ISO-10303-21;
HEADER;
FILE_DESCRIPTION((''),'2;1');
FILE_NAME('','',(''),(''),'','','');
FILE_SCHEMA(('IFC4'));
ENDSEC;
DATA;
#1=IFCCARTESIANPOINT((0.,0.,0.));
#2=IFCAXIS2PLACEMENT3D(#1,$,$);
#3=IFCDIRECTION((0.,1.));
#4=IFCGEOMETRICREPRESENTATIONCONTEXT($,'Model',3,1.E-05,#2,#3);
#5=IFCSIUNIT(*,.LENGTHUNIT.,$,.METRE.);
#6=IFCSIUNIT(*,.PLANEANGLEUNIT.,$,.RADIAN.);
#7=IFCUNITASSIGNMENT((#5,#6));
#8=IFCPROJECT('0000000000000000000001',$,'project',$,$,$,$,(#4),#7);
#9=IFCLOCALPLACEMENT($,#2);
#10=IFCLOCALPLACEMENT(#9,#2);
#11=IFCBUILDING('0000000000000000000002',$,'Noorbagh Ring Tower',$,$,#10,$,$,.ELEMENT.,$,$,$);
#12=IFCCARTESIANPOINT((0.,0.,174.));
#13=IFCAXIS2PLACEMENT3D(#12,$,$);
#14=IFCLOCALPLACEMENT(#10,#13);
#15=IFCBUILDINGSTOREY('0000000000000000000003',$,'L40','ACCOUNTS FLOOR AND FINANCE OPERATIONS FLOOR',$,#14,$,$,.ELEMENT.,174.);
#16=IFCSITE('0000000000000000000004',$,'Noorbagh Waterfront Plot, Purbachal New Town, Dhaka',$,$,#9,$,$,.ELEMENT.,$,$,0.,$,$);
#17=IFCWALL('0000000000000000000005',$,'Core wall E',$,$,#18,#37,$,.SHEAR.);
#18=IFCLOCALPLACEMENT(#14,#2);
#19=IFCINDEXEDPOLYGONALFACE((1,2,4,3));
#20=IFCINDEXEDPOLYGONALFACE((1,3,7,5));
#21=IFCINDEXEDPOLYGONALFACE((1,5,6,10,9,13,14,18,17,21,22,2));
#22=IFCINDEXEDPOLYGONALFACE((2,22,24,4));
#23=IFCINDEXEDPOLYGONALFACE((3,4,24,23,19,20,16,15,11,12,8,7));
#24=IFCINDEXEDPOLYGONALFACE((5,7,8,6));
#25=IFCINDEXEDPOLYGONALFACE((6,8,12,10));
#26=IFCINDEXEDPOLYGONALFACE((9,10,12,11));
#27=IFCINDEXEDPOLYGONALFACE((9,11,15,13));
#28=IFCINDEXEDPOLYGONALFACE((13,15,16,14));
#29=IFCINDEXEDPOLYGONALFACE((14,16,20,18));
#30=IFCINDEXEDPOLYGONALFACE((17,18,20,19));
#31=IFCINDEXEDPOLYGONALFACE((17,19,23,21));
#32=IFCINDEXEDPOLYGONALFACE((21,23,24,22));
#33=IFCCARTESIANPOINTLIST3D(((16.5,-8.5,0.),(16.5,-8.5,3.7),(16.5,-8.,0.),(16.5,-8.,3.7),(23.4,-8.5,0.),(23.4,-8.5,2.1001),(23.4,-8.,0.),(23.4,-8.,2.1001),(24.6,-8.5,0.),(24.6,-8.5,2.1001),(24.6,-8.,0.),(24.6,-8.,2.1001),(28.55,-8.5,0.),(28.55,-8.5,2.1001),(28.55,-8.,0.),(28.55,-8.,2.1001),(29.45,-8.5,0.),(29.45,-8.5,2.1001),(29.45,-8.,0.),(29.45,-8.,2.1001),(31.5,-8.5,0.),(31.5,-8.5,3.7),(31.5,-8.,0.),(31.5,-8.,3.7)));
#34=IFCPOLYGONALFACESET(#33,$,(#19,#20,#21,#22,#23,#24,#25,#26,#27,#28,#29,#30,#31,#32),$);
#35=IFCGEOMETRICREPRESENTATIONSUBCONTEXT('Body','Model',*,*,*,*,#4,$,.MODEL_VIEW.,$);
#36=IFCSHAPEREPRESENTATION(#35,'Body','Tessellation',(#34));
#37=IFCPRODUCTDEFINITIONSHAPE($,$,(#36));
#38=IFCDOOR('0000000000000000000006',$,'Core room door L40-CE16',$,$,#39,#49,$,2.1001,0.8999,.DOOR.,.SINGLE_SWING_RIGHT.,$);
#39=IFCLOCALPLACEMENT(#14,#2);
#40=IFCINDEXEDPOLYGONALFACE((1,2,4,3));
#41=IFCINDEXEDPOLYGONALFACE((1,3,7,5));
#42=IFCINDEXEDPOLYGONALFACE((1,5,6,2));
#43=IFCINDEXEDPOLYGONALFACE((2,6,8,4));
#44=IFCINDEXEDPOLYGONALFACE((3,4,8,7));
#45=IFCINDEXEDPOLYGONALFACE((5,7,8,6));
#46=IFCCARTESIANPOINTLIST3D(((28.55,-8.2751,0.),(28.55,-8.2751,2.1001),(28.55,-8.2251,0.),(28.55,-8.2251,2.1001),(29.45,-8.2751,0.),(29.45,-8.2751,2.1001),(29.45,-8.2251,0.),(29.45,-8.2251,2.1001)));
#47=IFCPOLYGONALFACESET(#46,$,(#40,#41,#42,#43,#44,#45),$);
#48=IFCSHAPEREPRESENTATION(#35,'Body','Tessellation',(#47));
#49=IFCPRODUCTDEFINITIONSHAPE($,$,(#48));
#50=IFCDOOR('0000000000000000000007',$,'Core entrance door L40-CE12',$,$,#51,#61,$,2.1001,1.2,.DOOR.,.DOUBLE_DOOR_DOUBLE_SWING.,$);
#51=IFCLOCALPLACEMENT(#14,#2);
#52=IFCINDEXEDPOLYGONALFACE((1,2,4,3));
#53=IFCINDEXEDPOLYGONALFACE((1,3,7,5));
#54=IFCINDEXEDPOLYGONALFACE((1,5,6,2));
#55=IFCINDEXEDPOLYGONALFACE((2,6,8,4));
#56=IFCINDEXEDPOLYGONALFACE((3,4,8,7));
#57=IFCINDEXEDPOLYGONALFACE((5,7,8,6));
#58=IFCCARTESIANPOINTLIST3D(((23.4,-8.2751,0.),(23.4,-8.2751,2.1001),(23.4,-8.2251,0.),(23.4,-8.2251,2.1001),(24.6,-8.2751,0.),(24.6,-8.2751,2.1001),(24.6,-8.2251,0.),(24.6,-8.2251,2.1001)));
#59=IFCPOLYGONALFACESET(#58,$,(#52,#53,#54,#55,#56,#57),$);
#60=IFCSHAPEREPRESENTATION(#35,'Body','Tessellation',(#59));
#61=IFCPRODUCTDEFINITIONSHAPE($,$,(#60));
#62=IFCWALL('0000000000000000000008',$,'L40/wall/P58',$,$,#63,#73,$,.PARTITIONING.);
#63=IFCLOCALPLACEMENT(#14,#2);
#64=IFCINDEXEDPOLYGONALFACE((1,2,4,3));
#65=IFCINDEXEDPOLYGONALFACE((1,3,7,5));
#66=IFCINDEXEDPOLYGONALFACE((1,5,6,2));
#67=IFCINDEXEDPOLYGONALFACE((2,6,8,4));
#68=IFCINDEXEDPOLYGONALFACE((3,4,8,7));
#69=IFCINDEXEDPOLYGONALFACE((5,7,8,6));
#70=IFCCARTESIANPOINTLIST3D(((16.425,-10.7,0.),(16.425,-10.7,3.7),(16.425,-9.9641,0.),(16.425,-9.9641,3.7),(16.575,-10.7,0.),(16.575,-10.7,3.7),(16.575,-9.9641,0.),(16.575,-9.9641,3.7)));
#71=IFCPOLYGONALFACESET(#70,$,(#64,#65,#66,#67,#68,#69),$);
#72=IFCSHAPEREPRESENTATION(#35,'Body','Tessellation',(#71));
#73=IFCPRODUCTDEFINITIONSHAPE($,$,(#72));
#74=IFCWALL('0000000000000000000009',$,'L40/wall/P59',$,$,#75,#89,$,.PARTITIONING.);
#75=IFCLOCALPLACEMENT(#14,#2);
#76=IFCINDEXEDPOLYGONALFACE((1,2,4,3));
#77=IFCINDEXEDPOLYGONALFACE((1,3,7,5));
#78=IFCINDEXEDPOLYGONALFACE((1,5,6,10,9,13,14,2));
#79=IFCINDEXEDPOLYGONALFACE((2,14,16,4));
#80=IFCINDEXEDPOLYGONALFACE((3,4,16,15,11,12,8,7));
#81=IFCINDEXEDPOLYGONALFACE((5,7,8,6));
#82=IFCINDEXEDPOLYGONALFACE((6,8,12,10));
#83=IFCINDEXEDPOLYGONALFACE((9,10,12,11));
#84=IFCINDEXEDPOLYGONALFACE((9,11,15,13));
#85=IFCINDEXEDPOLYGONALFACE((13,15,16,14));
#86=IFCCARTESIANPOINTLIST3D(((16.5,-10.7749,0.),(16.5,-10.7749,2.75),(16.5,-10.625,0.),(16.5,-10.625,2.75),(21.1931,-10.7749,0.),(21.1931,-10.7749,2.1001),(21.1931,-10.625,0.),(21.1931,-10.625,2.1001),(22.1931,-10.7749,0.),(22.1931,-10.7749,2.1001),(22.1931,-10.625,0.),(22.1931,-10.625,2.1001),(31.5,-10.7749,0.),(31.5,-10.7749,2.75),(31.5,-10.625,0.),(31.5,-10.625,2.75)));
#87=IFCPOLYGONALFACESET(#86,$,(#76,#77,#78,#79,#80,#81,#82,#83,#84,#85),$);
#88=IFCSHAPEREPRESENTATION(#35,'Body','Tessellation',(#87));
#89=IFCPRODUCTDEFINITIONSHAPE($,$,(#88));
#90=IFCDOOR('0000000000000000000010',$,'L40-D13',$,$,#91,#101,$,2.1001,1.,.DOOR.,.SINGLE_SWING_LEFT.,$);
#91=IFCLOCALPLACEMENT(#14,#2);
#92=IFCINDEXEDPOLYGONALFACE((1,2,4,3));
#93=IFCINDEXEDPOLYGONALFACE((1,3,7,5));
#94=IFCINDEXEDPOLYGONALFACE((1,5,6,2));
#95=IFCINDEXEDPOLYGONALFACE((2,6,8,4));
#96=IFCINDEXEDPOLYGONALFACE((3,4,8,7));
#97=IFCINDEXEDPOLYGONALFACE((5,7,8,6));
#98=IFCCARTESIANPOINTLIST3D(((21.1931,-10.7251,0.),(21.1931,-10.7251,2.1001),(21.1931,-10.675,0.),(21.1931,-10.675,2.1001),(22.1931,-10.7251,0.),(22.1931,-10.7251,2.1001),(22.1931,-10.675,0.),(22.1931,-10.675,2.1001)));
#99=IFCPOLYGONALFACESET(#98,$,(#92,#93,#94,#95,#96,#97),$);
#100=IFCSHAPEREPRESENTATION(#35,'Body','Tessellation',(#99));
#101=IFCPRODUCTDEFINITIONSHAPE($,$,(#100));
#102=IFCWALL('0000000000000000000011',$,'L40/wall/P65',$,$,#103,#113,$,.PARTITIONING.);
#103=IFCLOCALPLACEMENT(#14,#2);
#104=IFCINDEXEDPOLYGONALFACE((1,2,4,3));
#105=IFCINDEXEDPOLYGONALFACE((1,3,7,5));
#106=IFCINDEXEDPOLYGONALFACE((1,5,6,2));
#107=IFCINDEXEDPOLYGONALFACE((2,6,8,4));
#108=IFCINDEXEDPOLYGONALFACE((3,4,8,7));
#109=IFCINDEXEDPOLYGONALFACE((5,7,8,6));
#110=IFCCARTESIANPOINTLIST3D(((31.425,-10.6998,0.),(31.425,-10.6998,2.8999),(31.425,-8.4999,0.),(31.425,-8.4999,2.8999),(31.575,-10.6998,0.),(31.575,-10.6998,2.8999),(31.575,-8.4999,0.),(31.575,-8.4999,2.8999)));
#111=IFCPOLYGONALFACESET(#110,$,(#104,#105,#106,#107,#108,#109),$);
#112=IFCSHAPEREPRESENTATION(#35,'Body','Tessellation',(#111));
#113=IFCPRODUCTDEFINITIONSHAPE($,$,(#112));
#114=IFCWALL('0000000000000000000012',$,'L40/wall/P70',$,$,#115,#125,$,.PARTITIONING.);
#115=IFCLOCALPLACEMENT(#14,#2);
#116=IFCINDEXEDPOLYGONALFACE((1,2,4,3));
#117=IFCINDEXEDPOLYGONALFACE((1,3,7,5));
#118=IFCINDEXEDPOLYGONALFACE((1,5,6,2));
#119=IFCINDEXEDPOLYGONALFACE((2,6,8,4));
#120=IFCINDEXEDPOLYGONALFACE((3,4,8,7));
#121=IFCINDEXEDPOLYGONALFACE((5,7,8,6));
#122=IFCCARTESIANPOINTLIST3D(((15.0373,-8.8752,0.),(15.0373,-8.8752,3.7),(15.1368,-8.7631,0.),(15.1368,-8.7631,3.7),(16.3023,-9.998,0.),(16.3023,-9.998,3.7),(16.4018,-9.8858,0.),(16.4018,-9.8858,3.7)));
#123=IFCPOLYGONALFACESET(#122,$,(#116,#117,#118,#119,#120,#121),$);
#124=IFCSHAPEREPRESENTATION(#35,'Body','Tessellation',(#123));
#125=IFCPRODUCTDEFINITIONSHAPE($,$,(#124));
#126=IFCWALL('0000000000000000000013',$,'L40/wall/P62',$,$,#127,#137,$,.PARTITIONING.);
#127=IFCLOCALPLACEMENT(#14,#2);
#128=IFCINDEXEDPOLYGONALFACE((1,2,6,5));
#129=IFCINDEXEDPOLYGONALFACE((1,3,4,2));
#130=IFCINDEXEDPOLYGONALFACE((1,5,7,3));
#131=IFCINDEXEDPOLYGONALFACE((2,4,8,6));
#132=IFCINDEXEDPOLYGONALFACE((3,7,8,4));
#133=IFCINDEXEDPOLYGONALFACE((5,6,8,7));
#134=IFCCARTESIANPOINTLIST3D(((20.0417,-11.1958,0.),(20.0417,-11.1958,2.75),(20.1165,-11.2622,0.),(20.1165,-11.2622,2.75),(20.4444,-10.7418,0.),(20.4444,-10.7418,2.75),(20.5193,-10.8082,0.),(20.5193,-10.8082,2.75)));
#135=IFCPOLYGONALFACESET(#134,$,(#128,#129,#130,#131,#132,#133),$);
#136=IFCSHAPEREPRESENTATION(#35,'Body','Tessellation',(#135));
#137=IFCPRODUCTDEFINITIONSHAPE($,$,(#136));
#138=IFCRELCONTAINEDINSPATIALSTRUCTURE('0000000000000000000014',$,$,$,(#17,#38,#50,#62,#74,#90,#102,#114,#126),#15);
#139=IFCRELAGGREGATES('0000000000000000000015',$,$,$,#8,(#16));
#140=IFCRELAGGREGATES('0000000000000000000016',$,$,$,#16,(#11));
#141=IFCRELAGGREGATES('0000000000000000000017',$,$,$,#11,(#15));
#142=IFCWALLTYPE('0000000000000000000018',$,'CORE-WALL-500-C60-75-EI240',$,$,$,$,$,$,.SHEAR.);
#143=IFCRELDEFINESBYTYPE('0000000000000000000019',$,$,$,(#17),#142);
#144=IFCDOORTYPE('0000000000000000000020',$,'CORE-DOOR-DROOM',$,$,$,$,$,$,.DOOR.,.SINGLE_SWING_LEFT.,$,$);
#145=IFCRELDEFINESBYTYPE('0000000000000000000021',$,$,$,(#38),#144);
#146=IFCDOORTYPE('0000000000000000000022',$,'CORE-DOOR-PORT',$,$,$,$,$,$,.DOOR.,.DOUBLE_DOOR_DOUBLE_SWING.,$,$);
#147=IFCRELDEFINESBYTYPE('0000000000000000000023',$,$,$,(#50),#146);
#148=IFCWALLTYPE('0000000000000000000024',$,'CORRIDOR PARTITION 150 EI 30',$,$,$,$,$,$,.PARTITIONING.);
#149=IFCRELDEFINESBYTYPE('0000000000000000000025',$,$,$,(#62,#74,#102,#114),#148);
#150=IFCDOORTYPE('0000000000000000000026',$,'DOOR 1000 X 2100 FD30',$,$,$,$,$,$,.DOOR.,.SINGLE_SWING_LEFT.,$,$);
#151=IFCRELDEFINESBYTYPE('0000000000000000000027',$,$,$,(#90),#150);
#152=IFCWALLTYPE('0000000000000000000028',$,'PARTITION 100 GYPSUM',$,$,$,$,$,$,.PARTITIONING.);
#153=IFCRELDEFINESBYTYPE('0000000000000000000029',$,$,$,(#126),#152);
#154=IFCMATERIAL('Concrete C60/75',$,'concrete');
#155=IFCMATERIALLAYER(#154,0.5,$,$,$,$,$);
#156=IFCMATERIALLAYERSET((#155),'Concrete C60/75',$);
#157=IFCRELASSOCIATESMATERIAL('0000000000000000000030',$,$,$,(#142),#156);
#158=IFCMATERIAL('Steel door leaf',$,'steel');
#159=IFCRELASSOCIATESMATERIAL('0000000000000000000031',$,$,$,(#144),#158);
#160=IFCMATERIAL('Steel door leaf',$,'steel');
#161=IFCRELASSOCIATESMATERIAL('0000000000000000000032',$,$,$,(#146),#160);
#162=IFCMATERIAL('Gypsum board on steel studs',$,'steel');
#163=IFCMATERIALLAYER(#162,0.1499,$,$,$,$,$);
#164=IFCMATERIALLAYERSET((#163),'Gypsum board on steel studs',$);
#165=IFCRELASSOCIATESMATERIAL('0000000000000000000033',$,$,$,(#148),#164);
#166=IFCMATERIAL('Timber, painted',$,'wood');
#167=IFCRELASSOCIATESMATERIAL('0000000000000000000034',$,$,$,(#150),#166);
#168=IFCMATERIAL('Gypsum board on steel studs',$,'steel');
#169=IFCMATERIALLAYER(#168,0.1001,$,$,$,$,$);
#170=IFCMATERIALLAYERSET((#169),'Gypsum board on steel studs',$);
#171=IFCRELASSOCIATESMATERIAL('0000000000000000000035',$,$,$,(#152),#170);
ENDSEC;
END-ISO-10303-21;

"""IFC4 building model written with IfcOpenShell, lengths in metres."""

from ifc_helpers import new_model, si_unit, direction, frame, frame_2d, origin, place, context, subcontext, project, spatial, rectangle, extrude, material, layer, layer_set, type_object, element, fill, save


model = new_model("IFC4")

# Units and contexts
model_context = context("Model", 3, precision=1e-05, world=origin(), true_north=direction((0.0, 1.0)))
body_context = subcontext(model_context, "Body", "Model", "MODEL_VIEW")
ifc_project = project(units=[si_unit("LENGTHUNIT", "METRE"), si_unit("PLANEANGLEUNIT", "RADIAN")], contexts=[model_context])

# Site, building, storey
site_placement = place(None, origin())
site = spatial("IfcSite", under=ifc_project, at=site_placement, Name="Noorbagh Waterfront Plot, Purbachal New Town, Dhaka", CompositionType="ELEMENT", RefElevation=0.0)
building_placement = place(site_placement, origin())
building = spatial("IfcBuilding", under=site, at=building_placement, Name="Noorbagh Ring Tower", CompositionType="ELEMENT")
storey_placement = place(building_placement, frame((0.0, 0.0, 174.0)))
storey = spatial("IfcBuildingStorey", under=building, at=storey_placement, Name="L40", Description="ACCOUNTS FLOOR AND FINANCE OPERATIONS FLOOR", CompositionType="ELEMENT", Elevation=174.0)

# Wall, openings, doors
ifc_material_1 = material(Name="Concrete C60/75", Category="concrete")
ifc_layer_1 = layer(ifc_material_1, 0.5)
ifc_layer_set_1 = layer_set([ifc_layer_1], Name="Concrete C60/75")
wall_type_1 = type_object("IfcWallType", Name="CORE-WALL-500-C60-75-EI240", PredefinedType="SHEAR", material=ifc_layer_set_1)
wall_1_placement = place(storey_placement, frame((16.5, -8.25, 0.0), z_axis=(0.0, 0.0, 1.0), x_axis=(1.0, 0.0, 0.0)))
wall_1 = element("IfcWall", 1, at=wall_1_placement, inside=storey, type_object=wall_type_1, Name="Core wall E", PredefinedType="SHEAR", context=body_context, shape_type="SweptSolid", body=[
    extrude(rectangle(XDim=15.0, YDim=0.5, at=frame_2d((7.5, 0.0))), origin(), (0.0, 0.0, 1.0), 3.7),
])
opening_1_placement = place(wall_1_placement, frame((6.8999, 0.0, 0.0)))
opening_1 = element("IfcOpeningElement", 2, at=opening_1_placement, cuts=wall_1, PredefinedType="OPENING", context=body_context, shape_type="SweptSolid", body=[
    extrude(rectangle(XDim=1.2, YDim=2.1001, at=frame_2d((0.6001, 1.05))), frame((0.0, 0.26, 0.0), z_axis=(0.0, -1.0, 0.0), x_axis=(1.0, 0.0, 0.0)), (0.0, 0.0, 1.0), 0.52),
])
opening_2_placement = place(wall_1_placement, frame((12.05, 0.0, 0.0)))
opening_2 = element("IfcOpeningElement", 3, at=opening_2_placement, cuts=wall_1, PredefinedType="OPENING", context=body_context, shape_type="SweptSolid", body=[
    extrude(rectangle(XDim=0.8999, YDim=2.1001, at=frame_2d((0.45, 1.05))), frame((0.0, 0.26, 0.0), z_axis=(0.0, -1.0, 0.0), x_axis=(1.0, 0.0, 0.0)), (0.0, 0.0, 1.0), 0.52),
])
ifc_material_2 = material(Name="Steel door leaf", Category="steel")
door_type_1 = type_object("IfcDoorType", Name="CORE-DOOR-DROOM", OperationType="SINGLE_SWING_LEFT", PredefinedType="DOOR", material=ifc_material_2)
door_1_placement = place(opening_2_placement, origin())
door_1 = element("IfcDoor", 4, at=door_1_placement, inside=storey, type_object=door_type_1, Name="Core room door L40-CE16", OperationType="SINGLE_SWING_RIGHT", OverallHeight=2.1001, OverallWidth=0.8999, PredefinedType="DOOR", context=body_context, shape_type="SweptSolid", body=[
    extrude(rectangle(XDim=0.8999, YDim=2.1001, at=frame_2d((0.45, 1.05))), frame((0.0, 0.0249, 0.0), z_axis=(0.0, -1.0, 0.0), x_axis=(1.0, 0.0, 0.0)), (0.0, 0.0, 1.0), 0.05),
])
fill(opening_2, door_1)
ifc_material_3 = material(Name="Steel door leaf", Category="steel")
door_type_2 = type_object("IfcDoorType", Name="CORE-DOOR-PORT", OperationType="DOUBLE_DOOR_DOUBLE_SWING", PredefinedType="DOOR", material=ifc_material_3)
door_2_placement = place(opening_1_placement, origin())
door_2 = element("IfcDoor", 5, at=door_2_placement, inside=storey, type_object=door_type_2, Name="Core entrance door L40-CE12", OperationType="DOUBLE_DOOR_DOUBLE_SWING", OverallHeight=2.1001, OverallWidth=1.2, PredefinedType="DOOR", context=body_context, shape_type="SweptSolid", body=[
    extrude(rectangle(XDim=1.2, YDim=2.1001, at=frame_2d((0.6001, 1.05))), frame((0.0, 0.0249, 0.0), z_axis=(0.0, -1.0, 0.0), x_axis=(1.0, 0.0, 0.0)), (0.0, 0.0, 1.0), 0.05),
])
fill(opening_1, door_2)

# Wall
ifc_material_4 = material(Name="Gypsum board on steel studs", Category="steel")
ifc_layer_2 = layer(ifc_material_4, 0.1499)
ifc_layer_set_2 = layer_set([ifc_layer_2], Name="Gypsum board on steel studs")
wall_type_2 = type_object("IfcWallType", Name="CORRIDOR PARTITION 150 EI 30", PredefinedType="PARTITIONING", material=ifc_layer_set_2)
wall_2_placement = place(storey_placement, frame((16.5, -10.7, 0.0), z_axis=(0.0, 0.0, 1.0), x_axis=(0.0, 1.0, 0.0)))
element("IfcWall", 6, at=wall_2_placement, inside=storey, type_object=wall_type_2, Name="L40/wall/P58", PredefinedType="PARTITIONING", context=body_context, shape_type="SweptSolid", body=[
    extrude(rectangle(XDim=0.7358, YDim=0.1499, at=frame_2d((0.3679, 0.0))), origin(), (0.0, 0.0, 1.0), 3.7),
])

# Wall, opening, door
wall_3_placement = place(storey_placement, frame((16.5, -10.7, 0.0), z_axis=(0.0, 0.0, 1.0), x_axis=(1.0, 0.0, 0.0)))
wall_3 = element("IfcWall", 7, at=wall_3_placement, inside=storey, type_object=wall_type_2, Name="L40/wall/P59", PredefinedType="PARTITIONING", context=body_context, shape_type="SweptSolid", body=[
    extrude(rectangle(XDim=15.0, YDim=0.1499, at=frame_2d((7.5, 0.0))), origin(), (0.0, 0.0, 1.0), 2.75),
])
opening_3_placement = place(wall_3_placement, frame((4.6931, 0.0, 0.0)))
opening_3 = element("IfcOpeningElement", 8, at=opening_3_placement, cuts=wall_3, PredefinedType="OPENING", context=body_context, shape_type="SweptSolid", body=[
    extrude(rectangle(XDim=1.0, YDim=2.1001, at=frame_2d((0.5, 1.05))), frame((0.0, 0.085, 0.0), z_axis=(0.0, -1.0, 0.0), x_axis=(1.0, 0.0, 0.0)), (0.0, 0.0, 1.0), 0.1699),
])
ifc_material_5 = material(Name="Timber, painted", Category="wood")
door_type_3 = type_object("IfcDoorType", Name="DOOR 1000 X 2100 FD30", OperationType="SINGLE_SWING_LEFT", PredefinedType="DOOR", material=ifc_material_5)
door_3_placement = place(opening_3_placement, origin())
door_3 = element("IfcDoor", 9, at=door_3_placement, inside=storey, type_object=door_type_3, Name="L40-D13", OperationType="SINGLE_SWING_LEFT", OverallHeight=2.1001, OverallWidth=1.0, PredefinedType="DOOR", context=body_context, shape_type="SweptSolid", body=[
    extrude(rectangle(XDim=1.0, YDim=2.1001, at=frame_2d((0.5, 1.05))), frame((0.0, 0.0249, 0.0), z_axis=(0.0, -1.0, 0.0), x_axis=(1.0, 0.0, 0.0)), (0.0, 0.0, 1.0), 0.05),
])
fill(opening_3, door_3)

# Walls
wall_4_placement = place(storey_placement, frame((31.5, -10.7, 0.0), z_axis=(0.0, 0.0, 1.0), x_axis=(0.0, 1.0, 0.0)))
element("IfcWall", 10, at=wall_4_placement, inside=storey, type_object=wall_type_2, Name="L40/wall/P65", PredefinedType="PARTITIONING", context=body_context, shape_type="SweptSolid", body=[
    extrude(rectangle(XDim=2.2, YDim=0.1499, at=frame_2d((1.1001, 0.0))), origin(), (0.0, 0.0, 1.0), 2.8999),
])
wall_5_placement = place(storey_placement, frame((16.3521, -9.9419, 0.0), z_axis=(0.0, 0.0, 1.0), x_axis=(-0.747927, 0.663781, 0.0)))
element("IfcWall", 11, at=wall_5_placement, inside=storey, type_object=wall_type_2, Name="L40/wall/P70", PredefinedType="PARTITIONING", context=body_context, shape_type="SweptSolid", body=[
    extrude(rectangle(XDim=1.6914, YDim=0.1499, at=frame_2d((0.8457, 0.0))), origin(), (0.0, 0.0, 1.0), 3.7),
])
ifc_material_6 = material(Name="Gypsum board on steel studs", Category="steel")
ifc_layer_3 = layer(ifc_material_6, 0.1001)
ifc_layer_set_3 = layer_set([ifc_layer_3], Name="Gypsum board on steel studs")
wall_type_3 = type_object("IfcWallType", Name="PARTITION 100 GYPSUM", PredefinedType="PARTITIONING", material=ifc_layer_set_3)
wall_6_placement = place(storey_placement, frame((20.0791, -11.229, 0.0), z_axis=(0.0, 0.0, 1.0), x_axis=(0.663615, 0.748075, 0.0)))
element("IfcWall", 12, at=wall_6_placement, inside=storey, type_object=wall_type_3, Name="L40/wall/P62", PredefinedType="PARTITIONING", context=body_context, shape_type="SweptSolid", body=[
    extrude(rectangle(XDim=0.6069, YDim=0.1001, at=frame_2d((0.3035, 0.0))), origin(), (0.0, 0.0, 1.0), 2.75),
])

save(model, "model.ifc")
